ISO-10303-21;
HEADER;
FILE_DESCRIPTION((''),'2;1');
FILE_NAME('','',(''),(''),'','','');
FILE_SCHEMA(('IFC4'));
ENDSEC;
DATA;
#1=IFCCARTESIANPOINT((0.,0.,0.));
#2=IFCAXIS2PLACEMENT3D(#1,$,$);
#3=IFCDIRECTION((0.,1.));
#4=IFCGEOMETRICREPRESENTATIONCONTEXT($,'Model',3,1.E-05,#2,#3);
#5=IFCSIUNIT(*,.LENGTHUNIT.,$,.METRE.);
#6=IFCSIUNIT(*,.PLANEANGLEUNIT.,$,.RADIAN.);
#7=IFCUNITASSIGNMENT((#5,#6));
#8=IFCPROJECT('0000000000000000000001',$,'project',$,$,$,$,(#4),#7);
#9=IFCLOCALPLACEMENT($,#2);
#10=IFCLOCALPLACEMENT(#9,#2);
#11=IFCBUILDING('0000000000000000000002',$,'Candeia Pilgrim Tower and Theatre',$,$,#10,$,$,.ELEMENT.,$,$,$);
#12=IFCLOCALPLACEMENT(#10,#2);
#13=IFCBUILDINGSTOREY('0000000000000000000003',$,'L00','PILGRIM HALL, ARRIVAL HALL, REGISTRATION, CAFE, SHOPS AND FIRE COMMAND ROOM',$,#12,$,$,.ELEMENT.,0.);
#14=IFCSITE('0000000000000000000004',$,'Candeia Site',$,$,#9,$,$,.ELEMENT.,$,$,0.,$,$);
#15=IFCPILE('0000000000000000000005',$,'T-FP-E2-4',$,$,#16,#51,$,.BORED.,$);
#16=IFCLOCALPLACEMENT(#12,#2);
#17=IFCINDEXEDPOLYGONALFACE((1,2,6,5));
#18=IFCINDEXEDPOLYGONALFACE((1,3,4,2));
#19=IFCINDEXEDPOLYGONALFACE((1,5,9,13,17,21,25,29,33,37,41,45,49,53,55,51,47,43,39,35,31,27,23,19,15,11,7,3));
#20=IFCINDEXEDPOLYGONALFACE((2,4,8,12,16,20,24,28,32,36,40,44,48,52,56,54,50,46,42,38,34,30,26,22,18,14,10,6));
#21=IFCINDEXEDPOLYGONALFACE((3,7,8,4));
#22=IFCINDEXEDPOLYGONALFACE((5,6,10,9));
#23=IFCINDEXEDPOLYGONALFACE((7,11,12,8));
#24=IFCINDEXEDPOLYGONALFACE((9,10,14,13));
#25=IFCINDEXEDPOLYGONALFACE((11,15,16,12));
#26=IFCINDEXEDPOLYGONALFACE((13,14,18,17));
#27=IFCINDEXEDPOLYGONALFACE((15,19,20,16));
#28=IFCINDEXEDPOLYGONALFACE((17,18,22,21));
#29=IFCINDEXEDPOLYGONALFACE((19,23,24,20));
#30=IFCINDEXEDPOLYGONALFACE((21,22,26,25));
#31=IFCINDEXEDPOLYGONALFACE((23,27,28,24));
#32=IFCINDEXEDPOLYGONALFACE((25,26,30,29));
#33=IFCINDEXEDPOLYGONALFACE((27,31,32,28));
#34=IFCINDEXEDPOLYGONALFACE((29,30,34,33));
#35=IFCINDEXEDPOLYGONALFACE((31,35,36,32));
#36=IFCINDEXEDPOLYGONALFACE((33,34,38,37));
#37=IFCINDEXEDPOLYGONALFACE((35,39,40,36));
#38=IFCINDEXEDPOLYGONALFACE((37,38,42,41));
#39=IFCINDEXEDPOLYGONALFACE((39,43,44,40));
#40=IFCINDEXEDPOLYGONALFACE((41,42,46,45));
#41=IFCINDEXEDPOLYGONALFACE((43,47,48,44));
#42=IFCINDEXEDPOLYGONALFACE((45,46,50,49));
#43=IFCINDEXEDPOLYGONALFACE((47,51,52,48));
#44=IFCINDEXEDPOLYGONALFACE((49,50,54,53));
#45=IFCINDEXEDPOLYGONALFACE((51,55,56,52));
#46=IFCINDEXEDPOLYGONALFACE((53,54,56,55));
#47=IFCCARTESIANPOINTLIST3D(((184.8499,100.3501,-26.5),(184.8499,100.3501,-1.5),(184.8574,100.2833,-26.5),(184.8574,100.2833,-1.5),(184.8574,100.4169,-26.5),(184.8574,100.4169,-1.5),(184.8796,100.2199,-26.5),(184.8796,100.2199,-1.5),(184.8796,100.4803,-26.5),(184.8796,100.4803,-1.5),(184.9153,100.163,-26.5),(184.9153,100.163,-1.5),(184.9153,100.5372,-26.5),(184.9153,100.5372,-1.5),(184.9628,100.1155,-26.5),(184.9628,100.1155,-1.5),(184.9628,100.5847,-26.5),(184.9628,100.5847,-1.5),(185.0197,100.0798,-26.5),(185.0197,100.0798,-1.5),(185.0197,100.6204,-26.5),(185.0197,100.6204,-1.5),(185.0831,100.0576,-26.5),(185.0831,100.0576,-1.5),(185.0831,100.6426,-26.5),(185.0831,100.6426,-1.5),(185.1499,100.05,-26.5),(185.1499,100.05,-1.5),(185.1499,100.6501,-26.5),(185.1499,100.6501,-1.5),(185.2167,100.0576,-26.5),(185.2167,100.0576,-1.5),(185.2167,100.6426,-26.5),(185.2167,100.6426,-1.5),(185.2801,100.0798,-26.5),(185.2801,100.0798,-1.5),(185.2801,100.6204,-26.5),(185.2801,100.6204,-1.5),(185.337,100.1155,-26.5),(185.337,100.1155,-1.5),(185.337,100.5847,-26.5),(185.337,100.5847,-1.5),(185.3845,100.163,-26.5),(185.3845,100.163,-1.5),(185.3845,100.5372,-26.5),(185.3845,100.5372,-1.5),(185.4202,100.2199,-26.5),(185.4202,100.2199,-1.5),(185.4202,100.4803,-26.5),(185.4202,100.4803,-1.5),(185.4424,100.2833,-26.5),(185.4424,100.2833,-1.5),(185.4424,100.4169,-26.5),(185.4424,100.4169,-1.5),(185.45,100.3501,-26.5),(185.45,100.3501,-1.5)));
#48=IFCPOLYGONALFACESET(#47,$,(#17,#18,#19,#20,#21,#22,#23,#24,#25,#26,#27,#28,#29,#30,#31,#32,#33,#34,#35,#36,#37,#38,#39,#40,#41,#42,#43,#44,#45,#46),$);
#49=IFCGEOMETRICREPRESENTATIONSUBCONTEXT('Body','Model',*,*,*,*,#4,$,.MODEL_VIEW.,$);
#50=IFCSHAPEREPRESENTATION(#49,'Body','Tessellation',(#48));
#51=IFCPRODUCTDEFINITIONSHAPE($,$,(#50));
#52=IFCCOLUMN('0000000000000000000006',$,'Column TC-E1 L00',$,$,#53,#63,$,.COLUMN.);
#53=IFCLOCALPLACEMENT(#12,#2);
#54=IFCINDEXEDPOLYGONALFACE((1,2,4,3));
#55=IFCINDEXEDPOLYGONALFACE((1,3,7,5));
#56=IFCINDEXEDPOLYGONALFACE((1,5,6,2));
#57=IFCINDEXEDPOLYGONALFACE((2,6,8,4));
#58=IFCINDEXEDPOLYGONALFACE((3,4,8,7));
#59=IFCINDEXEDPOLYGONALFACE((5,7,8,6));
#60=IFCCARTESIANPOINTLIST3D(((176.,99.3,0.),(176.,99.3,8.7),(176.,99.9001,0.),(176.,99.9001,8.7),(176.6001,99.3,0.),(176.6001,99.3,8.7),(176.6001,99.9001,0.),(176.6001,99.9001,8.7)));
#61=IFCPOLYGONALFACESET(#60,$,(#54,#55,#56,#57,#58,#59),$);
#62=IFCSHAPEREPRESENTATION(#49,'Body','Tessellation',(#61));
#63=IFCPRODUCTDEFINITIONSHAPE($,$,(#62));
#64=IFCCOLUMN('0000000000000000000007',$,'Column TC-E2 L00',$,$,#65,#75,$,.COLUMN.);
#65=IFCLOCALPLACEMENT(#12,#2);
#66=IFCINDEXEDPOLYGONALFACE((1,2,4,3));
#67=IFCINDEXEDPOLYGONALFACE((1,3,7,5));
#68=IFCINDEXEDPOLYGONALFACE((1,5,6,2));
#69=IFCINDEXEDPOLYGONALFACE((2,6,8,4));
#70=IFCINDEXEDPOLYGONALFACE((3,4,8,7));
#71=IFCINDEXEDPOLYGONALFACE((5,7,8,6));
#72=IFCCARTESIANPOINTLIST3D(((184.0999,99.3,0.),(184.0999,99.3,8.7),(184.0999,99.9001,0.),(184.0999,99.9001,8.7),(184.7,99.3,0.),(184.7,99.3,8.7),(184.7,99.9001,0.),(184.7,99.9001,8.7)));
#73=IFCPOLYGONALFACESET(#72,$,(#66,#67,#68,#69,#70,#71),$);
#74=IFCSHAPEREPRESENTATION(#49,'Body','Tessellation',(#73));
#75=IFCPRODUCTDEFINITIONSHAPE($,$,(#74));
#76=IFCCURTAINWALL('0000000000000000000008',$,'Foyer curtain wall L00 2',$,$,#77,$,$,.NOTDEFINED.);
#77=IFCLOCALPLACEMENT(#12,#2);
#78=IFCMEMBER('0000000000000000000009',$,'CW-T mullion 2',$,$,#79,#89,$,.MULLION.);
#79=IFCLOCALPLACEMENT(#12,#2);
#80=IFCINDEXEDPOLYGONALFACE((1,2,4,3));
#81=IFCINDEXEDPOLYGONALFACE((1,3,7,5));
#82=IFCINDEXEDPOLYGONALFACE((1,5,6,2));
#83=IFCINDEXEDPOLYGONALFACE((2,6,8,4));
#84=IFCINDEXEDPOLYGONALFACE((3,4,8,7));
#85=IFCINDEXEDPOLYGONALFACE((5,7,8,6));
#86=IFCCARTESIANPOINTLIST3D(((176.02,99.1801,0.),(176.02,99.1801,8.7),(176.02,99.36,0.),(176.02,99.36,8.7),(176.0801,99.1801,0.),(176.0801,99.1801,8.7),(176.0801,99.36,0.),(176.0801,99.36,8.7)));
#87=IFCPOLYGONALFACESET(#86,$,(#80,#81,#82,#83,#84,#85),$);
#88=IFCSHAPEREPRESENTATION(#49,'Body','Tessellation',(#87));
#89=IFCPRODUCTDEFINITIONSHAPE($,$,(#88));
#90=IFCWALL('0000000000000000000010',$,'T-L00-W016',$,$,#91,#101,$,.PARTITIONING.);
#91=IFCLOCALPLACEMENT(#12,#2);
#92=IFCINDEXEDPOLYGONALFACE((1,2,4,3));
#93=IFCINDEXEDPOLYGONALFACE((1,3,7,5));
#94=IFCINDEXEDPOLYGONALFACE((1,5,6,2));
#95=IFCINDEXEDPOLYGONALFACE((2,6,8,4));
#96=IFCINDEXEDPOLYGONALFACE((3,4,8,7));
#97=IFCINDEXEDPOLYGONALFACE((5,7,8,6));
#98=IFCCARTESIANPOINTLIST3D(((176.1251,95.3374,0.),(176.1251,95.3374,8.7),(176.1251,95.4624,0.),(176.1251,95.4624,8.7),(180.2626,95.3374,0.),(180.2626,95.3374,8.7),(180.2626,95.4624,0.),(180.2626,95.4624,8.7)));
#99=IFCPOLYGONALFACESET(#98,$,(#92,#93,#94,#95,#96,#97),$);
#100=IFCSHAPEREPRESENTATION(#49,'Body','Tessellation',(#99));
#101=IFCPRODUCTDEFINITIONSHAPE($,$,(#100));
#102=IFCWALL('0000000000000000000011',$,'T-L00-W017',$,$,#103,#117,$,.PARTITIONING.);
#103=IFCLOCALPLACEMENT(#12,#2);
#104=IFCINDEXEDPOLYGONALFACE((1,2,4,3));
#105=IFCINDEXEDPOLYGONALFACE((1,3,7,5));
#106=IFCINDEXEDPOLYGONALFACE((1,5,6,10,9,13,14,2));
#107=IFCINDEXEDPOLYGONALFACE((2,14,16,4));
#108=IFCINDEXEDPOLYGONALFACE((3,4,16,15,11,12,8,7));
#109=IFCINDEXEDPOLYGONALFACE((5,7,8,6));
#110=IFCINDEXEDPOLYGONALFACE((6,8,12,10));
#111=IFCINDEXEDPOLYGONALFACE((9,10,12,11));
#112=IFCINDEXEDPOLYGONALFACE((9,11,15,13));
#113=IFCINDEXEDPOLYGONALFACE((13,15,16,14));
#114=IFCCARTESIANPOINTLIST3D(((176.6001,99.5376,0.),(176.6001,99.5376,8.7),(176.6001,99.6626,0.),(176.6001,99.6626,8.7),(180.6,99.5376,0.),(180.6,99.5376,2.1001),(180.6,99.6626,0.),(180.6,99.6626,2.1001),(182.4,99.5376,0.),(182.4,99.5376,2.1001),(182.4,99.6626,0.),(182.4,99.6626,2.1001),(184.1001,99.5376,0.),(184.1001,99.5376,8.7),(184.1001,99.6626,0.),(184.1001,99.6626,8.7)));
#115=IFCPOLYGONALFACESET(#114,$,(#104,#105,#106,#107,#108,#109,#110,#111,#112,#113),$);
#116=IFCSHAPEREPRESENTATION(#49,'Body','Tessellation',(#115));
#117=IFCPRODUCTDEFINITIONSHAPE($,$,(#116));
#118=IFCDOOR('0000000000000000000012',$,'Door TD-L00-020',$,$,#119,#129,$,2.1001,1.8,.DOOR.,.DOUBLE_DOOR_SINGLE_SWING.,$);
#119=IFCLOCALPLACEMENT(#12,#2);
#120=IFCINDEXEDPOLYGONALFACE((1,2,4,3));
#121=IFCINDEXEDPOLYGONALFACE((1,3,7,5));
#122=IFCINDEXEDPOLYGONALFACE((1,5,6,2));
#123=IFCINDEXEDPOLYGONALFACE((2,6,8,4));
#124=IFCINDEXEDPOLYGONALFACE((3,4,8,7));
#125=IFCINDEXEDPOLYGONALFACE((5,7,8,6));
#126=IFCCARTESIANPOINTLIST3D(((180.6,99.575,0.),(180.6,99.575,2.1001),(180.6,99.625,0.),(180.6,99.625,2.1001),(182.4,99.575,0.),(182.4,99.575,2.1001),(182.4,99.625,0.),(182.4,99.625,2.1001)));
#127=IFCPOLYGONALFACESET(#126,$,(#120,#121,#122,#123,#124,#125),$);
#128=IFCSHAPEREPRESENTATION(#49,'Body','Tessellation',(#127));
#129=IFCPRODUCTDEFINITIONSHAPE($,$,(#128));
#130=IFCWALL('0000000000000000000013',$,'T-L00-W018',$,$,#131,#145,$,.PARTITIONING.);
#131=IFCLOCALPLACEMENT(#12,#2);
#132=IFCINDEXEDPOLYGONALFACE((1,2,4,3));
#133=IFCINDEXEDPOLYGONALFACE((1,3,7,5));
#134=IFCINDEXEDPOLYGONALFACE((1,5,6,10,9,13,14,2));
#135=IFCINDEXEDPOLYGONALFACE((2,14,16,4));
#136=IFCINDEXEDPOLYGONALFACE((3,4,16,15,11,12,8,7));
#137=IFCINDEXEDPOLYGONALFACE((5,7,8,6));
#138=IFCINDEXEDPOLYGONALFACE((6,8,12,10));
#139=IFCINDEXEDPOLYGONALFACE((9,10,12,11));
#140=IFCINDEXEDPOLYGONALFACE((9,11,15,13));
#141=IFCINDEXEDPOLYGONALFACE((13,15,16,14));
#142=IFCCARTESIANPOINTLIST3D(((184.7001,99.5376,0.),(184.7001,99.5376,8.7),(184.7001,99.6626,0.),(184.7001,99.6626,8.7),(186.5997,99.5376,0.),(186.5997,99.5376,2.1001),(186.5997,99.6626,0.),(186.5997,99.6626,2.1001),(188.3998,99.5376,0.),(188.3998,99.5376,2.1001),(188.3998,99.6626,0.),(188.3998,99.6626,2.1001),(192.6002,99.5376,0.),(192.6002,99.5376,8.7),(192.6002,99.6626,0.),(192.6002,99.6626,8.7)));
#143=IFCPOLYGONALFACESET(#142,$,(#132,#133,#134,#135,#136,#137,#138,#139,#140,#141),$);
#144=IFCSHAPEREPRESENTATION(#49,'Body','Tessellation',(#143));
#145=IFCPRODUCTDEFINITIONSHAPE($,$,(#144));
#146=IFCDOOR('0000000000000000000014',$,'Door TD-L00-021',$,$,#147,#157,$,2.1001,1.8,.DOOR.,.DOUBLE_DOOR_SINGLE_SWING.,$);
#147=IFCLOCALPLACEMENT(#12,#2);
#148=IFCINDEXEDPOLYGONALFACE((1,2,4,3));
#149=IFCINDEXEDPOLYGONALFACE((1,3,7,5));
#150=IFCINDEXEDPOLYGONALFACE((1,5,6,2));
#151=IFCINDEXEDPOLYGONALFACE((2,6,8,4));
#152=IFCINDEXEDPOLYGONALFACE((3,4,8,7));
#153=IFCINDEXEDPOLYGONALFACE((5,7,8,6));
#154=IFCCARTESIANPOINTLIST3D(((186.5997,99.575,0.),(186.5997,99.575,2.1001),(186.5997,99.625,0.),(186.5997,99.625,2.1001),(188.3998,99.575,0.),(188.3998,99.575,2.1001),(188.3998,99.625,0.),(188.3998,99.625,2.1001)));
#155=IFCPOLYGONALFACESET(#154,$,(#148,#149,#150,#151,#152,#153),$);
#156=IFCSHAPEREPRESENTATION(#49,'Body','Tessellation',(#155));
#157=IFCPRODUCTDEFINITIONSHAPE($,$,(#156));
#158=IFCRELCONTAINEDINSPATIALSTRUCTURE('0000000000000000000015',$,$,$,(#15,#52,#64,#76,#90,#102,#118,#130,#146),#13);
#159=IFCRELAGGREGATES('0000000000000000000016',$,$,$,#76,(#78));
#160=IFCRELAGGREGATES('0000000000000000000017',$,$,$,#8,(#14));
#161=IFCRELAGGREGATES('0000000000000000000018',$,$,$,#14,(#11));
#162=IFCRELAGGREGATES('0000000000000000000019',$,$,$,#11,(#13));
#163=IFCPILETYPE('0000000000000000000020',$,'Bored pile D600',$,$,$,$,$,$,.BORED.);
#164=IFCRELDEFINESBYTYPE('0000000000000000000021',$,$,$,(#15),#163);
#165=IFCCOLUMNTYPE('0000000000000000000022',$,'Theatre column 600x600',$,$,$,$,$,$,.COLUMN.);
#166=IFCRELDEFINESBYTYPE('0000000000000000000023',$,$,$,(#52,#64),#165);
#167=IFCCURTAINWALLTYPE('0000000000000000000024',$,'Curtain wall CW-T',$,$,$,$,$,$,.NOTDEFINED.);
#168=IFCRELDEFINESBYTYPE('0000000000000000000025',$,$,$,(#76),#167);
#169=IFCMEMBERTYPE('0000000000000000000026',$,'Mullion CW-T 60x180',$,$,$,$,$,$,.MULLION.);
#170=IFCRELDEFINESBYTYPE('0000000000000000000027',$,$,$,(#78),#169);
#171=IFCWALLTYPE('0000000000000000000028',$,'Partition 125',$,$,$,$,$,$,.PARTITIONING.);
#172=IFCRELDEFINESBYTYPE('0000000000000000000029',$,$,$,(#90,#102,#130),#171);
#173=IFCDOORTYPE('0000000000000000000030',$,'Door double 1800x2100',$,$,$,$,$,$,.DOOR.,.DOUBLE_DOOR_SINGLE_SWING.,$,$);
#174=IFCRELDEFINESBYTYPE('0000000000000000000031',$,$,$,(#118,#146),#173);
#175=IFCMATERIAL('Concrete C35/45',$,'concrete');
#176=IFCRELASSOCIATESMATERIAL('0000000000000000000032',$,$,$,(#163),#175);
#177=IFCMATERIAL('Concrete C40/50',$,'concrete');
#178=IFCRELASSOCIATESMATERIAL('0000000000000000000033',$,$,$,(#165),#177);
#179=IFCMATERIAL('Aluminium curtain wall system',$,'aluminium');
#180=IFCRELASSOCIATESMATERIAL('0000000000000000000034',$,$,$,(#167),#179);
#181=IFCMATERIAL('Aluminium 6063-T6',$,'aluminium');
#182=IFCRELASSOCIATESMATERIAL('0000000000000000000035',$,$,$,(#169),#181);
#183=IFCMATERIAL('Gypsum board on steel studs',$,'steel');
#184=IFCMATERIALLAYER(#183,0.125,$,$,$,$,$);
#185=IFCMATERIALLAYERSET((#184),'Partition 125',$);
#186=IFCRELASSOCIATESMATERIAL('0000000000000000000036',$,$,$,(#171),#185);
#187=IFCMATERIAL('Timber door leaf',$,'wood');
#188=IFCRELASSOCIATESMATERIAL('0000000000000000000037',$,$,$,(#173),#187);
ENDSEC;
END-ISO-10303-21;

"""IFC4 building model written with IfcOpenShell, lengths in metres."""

from ifc_helpers import new_model, si_unit, direction, frame, frame_2d, origin, origin_2d, place, context, subcontext, project, spatial, rectangle, circle, extrude, material, layer, layer_set, material_profile, profile_set, type_object, element, fill, aggregate, save


model = new_model("IFC4")

# Units and contexts
model_context = context("Model", 3, precision=1e-05, world=origin(), true_north=direction((0.0, 1.0)))
body_context = subcontext(model_context, "Body", "Model", "MODEL_VIEW")
ifc_project = project(units=[si_unit("LENGTHUNIT", "METRE"), si_unit("PLANEANGLEUNIT", "RADIAN")], contexts=[model_context])

# Site, building, storey
site_placement = place(None, origin())
site = spatial("IfcSite", under=ifc_project, at=site_placement, Name="Candeia Site", CompositionType="ELEMENT", RefElevation=0.0)
building_placement = place(site_placement, origin())
building = spatial("IfcBuilding", under=site, at=building_placement, Name="Candeia Pilgrim Tower and Theatre", CompositionType="ELEMENT")
storey_placement = place(building_placement, origin())
storey = spatial("IfcBuildingStorey", under=building, at=storey_placement, Name="L00", Description="PILGRIM HALL, ARRIVAL HALL, REGISTRATION, CAFE, SHOPS AND FIRE COMMAND ROOM", CompositionType="ELEMENT", Elevation=0.0)

# Pile
ifc_material_1 = material(Name="Concrete C35/45", Category="concrete")
pile_type = type_object("IfcPileType", Name="Bored pile D600", PredefinedType="BORED", material=ifc_material_1)
for number, where, z_axis, x_axis, name in (
    (1, (185.1499, 100.3501, -1.5), (0.0, 0.0, -1.0), (1.0, 0.0, 0.0), "T-FP-E2-4"),
):
    element("IfcPile", number, at=place(storey_placement, frame(where, z_axis=z_axis, x_axis=x_axis)), inside=storey, type_object=pile_type, Name=name, PredefinedType="BORED", context=body_context, shape_type="SweptSolid", body=[
        extrude(circle(Radius=0.3, at=origin_2d()), origin(), (0.0, 0.0, 1.0), 25.0),
    ])

# Columns
ifc_material_2 = material(Name="Concrete C40/50", Category="concrete")
ifc_material_profile_1 = material_profile(ifc_material_2, rectangle(XDim=0.6001, YDim=0.6001, at=origin_2d()))
ifc_profile_set_1 = profile_set([ifc_material_profile_1], Name="Concrete C40/50")
column_type = type_object("IfcColumnType", Name="Theatre column 600x600", PredefinedType="COLUMN", material=ifc_profile_set_1)
for number, where, z_axis, x_axis, name in (
    (2, (176.3, 99.6001, 0.0), (0.0, 0.0, 1.0), (1.0, 0.0, 0.0), "Column TC-E1 L00"),
    (3, (184.3999, 99.6001, 0.0), (0.0, 0.0, 1.0), (1.0, 0.0, 0.0), "Column TC-E2 L00"),
):
    element("IfcColumn", number, at=place(storey_placement, frame(where, z_axis=z_axis, x_axis=x_axis)), inside=storey, type_object=column_type, Name=name, PredefinedType="COLUMN", context=body_context, shape_type="SweptSolid", body=[
        extrude(rectangle(XDim=0.6001, YDim=0.6001, at=origin_2d()), origin(), (0.0, 0.0, 1.0), 8.7),
    ])

# Curtain wall, member
ifc_material_3 = material(Name="Aluminium curtain wall system", Category="aluminium")
curtain_wall_type = type_object("IfcCurtainWallType", Name="Curtain wall CW-T", PredefinedType="NOTDEFINED", material=ifc_material_3)
curtain_wall_placement = place(storey_placement, origin())
curtain_wall = element("IfcCurtainWall", 4, at=curtain_wall_placement, inside=storey, type_object=curtain_wall_type, Name="Foyer curtain wall L00 2", PredefinedType="NOTDEFINED")
ifc_material_4 = material(Name="Aluminium 6063-T6", Category="aluminium")
ifc_material_profile_2 = material_profile(ifc_material_4, rectangle(XDim=0.0601, YDim=0.1799, at=origin_2d()))
ifc_profile_set_2 = profile_set([ifc_material_profile_2], Name="Aluminium 6063-T6")
member_type = type_object("IfcMemberType", Name="Mullion CW-T 60x180", PredefinedType="MULLION", material=ifc_profile_set_2)
member_placement = place(storey_placement, frame((176.05, 99.27, 0.0), z_axis=(0.0, 0.0, 1.0), x_axis=(-1.0, 0.0, 0.0)))
member = element("IfcMember", 5, at=member_placement, type_object=member_type, Name="CW-T mullion 2", PredefinedType="MULLION", context=body_context, shape_type="SweptSolid", body=[
    extrude(rectangle(XDim=0.0601, YDim=0.1799, at=origin_2d()), origin(), (0.0, 0.0, 1.0), 8.7),
])
aggregate(curtain_wall, [member])

# Wall
ifc_material_5 = material(Name="Gypsum board on steel studs", Category="steel")
ifc_layer = layer(ifc_material_5, 0.125)
ifc_layer_set = layer_set([ifc_layer], Name="Partition 125")
wall_type = type_object("IfcWallType", Name="Partition 125", PredefinedType="PARTITIONING", material=ifc_layer_set)
wall_1_placement = place(storey_placement, frame((176.125, 95.3999, 0.0), z_axis=(0.0, 0.0, 1.0), x_axis=(1.0, 0.0, 0.0)))
element("IfcWall", 6, at=wall_1_placement, inside=storey, type_object=wall_type, Name="T-L00-W016", PredefinedType="PARTITIONING", context=body_context, shape_type="SweptSolid", body=[
    extrude(rectangle(XDim=4.1375, YDim=0.125, at=frame_2d((2.0688, 0.0))), origin(), (0.0, 0.0, 1.0), 8.7),
])

# Walls, openings, doors
wall_2_placement = place(storey_placement, frame((176.6001, 99.6001, 0.0), z_axis=(0.0, 0.0, 1.0), x_axis=(1.0, 0.0, 0.0)))
wall_2 = element("IfcWall", 7, at=wall_2_placement, inside=storey, type_object=wall_type, Name="T-L00-W017", PredefinedType="PARTITIONING", context=body_context, shape_type="SweptSolid", body=[
    extrude(rectangle(XDim=7.5, YDim=0.125, at=frame_2d((3.75, 0.0))), origin(), (0.0, 0.0, 1.0), 8.7),
])
opening_1_placement = place(wall_2_placement, frame((4.0, 0.0, 0.0)))
opening_1 = element("IfcOpeningElement", 8, at=opening_1_placement, cuts=wall_2, PredefinedType="OPENING", context=body_context, shape_type="SweptSolid", body=[
    extrude(rectangle(XDim=1.8, YDim=2.1001, at=frame_2d((0.8999, 1.05))), frame((0.0, 0.0725, 0.0), z_axis=(0.0, -1.0, 0.0), x_axis=(1.0, 0.0, 0.0)), (0.0, 0.0, 1.0), 0.145),
])
ifc_material_6 = material(Name="Timber door leaf", Category="wood")
door_type_1 = type_object("IfcDoorType", Name="Door double 1800x2100", OperationType="DOUBLE_DOOR_SINGLE_SWING", PredefinedType="DOOR", material=ifc_material_6)
door_1_placement = place(opening_1_placement, origin())
door_1 = element("IfcDoor", 9, at=door_1_placement, inside=storey, type_object=door_type_1, Name="Door TD-L00-020", OperationType="DOUBLE_DOOR_SINGLE_SWING", OverallHeight=2.1001, OverallWidth=1.8, PredefinedType="DOOR", context=body_context, shape_type="SweptSolid", body=[
    extrude(rectangle(XDim=1.8, YDim=2.1001, at=frame_2d((0.8999, 1.05))), frame((0.0, 0.0249, 0.0), z_axis=(0.0, -1.0, 0.0), x_axis=(1.0, 0.0, 0.0)), (0.0, 0.0, 1.0), 0.05),
])
fill(opening_1, door_1)
wall_3_placement = place(storey_placement, frame((184.7, 99.6001, 0.0), z_axis=(0.0, 0.0, 1.0), x_axis=(1.0, 0.0, 0.0)))
wall_3 = element("IfcWall", 10, at=wall_3_placement, inside=storey, type_object=wall_type, Name="T-L00-W018", PredefinedType="PARTITIONING", context=body_context, shape_type="SweptSolid", body=[
    extrude(rectangle(XDim=7.9001, YDim=0.125, at=frame_2d((3.9502, 0.0))), origin(), (0.0, 0.0, 1.0), 8.7),
])
opening_2_placement = place(wall_3_placement, frame((1.8999, 0.0, 0.0)))
opening_2 = element("IfcOpeningElement", 11, at=opening_2_placement, cuts=wall_3, PredefinedType="OPENING", context=body_context, shape_type="SweptSolid", body=[
    extrude(rectangle(XDim=1.8, YDim=2.1001, at=frame_2d((0.8999, 1.05))), frame((0.0, 0.0725, 0.0), z_axis=(0.0, -1.0, 0.0), x_axis=(1.0, 0.0, 0.0)), (0.0, 0.0, 1.0), 0.145),
])
door_2_placement = place(opening_2_placement, origin())
door_2 = element("IfcDoor", 12, at=door_2_placement, inside=storey, type_object=door_type_1, Name="Door TD-L00-021", OperationType="DOUBLE_DOOR_SINGLE_SWING", OverallHeight=2.1001, OverallWidth=1.8, PredefinedType="DOOR", context=body_context, shape_type="SweptSolid", body=[
    extrude(rectangle(XDim=1.8, YDim=2.1001, at=frame_2d((0.8999, 1.05))), frame((0.0, 0.0249, 0.0), z_axis=(0.0, -1.0, 0.0), x_axis=(1.0, 0.0, 0.0)), (0.0, 0.0, 1.0), 0.05),
])
fill(opening_2, door_2)

save(model, "model.ifc")
